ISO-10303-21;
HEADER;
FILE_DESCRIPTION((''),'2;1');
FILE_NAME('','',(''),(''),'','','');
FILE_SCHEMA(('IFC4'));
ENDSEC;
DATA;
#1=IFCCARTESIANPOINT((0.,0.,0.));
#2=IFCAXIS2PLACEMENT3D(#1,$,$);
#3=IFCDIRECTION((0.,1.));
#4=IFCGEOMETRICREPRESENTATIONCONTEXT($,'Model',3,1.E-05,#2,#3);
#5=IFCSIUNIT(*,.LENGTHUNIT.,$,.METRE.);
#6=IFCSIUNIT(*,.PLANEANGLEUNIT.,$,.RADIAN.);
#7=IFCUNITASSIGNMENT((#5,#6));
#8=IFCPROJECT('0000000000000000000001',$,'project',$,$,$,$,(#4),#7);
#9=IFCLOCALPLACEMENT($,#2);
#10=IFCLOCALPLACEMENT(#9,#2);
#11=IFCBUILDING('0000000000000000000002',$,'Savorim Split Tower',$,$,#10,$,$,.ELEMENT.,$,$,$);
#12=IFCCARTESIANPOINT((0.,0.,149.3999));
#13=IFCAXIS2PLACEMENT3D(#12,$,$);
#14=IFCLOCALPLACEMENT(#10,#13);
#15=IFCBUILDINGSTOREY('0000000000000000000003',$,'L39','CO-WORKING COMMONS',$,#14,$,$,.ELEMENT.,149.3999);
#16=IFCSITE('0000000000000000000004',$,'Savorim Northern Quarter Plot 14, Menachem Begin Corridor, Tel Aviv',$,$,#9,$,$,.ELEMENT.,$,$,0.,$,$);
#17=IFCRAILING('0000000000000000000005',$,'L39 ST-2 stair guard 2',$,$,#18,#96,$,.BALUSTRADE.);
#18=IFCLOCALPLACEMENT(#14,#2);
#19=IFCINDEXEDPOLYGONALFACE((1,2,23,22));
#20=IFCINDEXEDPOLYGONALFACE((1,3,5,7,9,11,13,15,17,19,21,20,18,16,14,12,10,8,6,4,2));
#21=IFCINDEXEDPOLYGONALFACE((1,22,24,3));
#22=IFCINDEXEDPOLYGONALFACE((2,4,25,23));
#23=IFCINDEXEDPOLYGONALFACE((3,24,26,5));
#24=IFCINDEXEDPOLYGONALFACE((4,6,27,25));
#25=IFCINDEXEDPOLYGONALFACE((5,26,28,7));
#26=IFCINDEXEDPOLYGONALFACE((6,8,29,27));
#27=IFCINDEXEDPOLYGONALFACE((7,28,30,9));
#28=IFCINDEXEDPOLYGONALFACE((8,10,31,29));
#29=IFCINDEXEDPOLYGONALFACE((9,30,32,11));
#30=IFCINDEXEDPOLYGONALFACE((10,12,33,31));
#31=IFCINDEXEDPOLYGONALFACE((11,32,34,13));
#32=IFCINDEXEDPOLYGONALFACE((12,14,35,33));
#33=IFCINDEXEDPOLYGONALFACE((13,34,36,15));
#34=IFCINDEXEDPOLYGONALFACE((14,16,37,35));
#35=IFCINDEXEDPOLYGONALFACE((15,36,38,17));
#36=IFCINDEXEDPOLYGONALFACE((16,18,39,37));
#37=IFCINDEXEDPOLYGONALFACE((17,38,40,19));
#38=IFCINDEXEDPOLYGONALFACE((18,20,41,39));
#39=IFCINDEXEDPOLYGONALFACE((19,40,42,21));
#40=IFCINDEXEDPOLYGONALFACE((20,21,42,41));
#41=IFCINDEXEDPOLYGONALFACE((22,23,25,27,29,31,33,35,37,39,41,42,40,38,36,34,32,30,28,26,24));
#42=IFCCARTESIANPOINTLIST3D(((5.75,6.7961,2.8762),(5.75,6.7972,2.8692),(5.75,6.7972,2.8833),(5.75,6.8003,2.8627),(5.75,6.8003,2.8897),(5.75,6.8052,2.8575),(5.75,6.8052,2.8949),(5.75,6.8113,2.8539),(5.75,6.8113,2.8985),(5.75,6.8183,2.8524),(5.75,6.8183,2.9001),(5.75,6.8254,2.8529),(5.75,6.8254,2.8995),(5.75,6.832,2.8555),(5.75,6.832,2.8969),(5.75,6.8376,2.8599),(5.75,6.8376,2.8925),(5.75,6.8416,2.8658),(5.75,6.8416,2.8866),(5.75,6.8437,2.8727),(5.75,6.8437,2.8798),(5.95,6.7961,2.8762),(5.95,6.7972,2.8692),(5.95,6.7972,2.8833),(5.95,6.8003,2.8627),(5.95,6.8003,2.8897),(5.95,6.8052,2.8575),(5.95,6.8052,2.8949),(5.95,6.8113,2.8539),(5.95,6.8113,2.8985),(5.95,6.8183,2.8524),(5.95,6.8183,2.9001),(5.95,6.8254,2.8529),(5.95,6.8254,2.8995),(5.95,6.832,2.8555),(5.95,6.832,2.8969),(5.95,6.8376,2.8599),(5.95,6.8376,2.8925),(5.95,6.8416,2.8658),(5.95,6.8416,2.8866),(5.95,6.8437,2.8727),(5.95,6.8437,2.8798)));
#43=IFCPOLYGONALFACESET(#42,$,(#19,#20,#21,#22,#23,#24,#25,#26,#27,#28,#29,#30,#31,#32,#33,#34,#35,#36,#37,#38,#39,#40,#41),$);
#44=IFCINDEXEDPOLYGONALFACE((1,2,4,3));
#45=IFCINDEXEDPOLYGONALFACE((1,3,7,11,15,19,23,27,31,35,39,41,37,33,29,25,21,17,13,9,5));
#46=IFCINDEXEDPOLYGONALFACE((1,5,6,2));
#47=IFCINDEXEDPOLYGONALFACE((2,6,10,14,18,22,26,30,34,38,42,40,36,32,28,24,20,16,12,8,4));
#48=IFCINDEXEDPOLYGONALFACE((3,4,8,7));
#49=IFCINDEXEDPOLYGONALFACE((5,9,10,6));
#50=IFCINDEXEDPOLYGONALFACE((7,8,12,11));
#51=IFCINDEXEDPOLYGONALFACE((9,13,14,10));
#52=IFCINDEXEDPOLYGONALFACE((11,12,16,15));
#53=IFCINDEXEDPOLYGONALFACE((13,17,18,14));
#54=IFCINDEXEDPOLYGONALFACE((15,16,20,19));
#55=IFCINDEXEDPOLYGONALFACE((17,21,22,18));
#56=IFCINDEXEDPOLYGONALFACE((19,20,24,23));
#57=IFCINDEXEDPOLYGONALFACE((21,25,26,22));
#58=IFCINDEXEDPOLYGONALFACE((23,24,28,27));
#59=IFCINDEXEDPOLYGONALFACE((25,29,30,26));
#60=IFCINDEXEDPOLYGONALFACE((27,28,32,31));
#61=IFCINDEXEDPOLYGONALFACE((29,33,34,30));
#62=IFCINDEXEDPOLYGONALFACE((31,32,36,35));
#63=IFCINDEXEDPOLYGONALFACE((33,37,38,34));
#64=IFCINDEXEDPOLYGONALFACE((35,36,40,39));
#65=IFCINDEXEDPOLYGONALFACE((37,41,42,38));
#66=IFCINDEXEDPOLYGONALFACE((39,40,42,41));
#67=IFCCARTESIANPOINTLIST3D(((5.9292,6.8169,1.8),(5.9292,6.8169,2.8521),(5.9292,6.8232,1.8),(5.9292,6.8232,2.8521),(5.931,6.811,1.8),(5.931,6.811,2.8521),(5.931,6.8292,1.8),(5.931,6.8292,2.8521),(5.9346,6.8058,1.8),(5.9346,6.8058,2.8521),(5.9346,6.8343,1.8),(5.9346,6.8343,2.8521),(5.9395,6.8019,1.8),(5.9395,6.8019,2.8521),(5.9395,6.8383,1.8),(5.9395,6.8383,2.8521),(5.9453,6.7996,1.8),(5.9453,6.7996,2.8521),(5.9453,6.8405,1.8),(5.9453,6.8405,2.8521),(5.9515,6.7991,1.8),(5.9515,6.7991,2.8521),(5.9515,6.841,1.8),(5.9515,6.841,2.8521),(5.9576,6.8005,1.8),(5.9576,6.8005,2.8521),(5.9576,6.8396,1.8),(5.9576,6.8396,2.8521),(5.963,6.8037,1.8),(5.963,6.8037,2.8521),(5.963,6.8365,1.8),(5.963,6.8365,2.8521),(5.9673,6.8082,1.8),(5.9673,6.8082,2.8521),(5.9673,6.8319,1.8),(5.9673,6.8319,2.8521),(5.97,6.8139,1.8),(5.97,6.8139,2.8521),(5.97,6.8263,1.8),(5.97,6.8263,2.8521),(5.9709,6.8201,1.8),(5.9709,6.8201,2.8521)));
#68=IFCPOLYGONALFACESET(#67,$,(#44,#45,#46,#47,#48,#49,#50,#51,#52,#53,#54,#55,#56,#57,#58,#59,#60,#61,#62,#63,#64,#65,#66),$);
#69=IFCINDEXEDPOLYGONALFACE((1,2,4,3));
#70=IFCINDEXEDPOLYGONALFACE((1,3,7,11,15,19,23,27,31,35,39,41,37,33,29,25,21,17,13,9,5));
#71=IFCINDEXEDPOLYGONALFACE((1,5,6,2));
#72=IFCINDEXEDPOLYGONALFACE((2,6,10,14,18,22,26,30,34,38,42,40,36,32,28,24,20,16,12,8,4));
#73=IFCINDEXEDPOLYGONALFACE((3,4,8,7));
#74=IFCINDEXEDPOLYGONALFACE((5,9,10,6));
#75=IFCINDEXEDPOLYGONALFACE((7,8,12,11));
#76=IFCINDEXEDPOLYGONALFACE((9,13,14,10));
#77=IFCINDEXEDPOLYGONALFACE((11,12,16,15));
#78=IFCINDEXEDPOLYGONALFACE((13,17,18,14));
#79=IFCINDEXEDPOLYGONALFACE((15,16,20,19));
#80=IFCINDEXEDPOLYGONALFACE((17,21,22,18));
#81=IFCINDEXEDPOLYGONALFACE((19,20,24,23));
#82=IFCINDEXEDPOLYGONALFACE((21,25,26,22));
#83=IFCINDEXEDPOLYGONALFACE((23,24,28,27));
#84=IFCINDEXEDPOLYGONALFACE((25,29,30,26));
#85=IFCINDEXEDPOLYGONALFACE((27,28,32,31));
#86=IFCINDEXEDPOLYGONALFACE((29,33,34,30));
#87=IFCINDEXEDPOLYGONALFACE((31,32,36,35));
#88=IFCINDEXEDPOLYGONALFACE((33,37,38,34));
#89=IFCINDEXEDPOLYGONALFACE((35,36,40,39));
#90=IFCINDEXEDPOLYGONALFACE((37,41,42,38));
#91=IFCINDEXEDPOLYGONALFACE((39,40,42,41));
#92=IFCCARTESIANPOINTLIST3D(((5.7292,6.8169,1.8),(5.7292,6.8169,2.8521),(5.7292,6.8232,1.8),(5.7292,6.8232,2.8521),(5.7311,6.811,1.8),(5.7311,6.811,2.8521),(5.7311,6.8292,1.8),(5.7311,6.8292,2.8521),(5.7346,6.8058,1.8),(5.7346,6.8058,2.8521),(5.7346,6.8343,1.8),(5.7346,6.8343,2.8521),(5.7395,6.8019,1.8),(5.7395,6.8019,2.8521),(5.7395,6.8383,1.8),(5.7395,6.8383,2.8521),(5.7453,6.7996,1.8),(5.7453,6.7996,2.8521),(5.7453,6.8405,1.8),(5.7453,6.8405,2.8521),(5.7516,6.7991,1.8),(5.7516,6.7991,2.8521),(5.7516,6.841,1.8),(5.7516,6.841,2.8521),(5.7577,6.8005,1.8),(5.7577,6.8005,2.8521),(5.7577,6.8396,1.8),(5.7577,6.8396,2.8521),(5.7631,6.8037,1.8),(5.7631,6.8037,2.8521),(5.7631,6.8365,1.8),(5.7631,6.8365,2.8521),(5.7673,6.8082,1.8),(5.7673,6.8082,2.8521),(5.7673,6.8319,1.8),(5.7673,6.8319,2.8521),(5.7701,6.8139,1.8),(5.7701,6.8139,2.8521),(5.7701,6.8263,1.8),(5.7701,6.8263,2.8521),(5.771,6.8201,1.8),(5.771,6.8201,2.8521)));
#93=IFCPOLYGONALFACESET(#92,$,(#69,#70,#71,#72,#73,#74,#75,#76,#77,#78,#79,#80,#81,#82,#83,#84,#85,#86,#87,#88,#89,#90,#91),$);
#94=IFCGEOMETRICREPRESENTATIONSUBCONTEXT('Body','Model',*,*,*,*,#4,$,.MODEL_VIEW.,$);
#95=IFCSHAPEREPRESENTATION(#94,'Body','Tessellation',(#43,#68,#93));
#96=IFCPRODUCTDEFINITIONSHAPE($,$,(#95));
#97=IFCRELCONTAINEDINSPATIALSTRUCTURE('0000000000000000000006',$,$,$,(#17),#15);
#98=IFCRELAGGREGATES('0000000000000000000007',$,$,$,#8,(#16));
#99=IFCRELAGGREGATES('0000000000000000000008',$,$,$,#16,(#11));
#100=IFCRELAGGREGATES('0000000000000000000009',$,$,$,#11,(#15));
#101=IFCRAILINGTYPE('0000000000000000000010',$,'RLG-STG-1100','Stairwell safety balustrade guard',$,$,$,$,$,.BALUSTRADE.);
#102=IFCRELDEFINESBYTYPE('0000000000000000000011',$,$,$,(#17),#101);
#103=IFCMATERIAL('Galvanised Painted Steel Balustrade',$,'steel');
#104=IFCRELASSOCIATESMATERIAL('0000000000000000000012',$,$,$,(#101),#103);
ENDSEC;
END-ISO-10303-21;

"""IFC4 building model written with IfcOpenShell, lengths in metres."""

from ifc_helpers import new_model, si_unit, direction, frame, origin, origin_2d, place, context, subcontext, project, spatial, circle, extrude, material, type_object, element, save


model = new_model("IFC4")

# Units and contexts
model_context = context("Model", 3, precision=1e-05, world=origin(), true_north=direction((0.0, 1.0)))
body_context = subcontext(model_context, "Body", "Model", "MODEL_VIEW")
ifc_project = project(units=[si_unit("LENGTHUNIT", "METRE"), si_unit("PLANEANGLEUNIT", "RADIAN")], contexts=[model_context])

# Site, building, storey
site_placement = place(None, origin())
site = spatial("IfcSite", under=ifc_project, at=site_placement, Name="Savorim Northern Quarter Plot 14, Menachem Begin Corridor, Tel Aviv", CompositionType="ELEMENT", RefElevation=0.0)
building_placement = place(site_placement, origin())
building = spatial("IfcBuilding", under=site, at=building_placement, Name="Savorim Split Tower", CompositionType="ELEMENT")
storey_placement = place(building_placement, frame((0.0, 0.0, 149.3999)))
storey = spatial("IfcBuildingStorey", under=building, at=storey_placement, Name="L39", Description="CO-WORKING COMMONS", CompositionType="ELEMENT", Elevation=149.3999)

# Railing
ifc_material_1 = material(Name="Galvanised Painted Steel Balustrade", Category="steel")
railing_type_1 = type_object("IfcRailingType", Name="RLG-STG-1100", Description="Stairwell safety balustrade guard", PredefinedType="BALUSTRADE", material=ifc_material_1)
railing_1_placement = place(storey_placement, frame((5.95, 6.8201, 1.8)))
element("IfcRailing", 1, at=railing_1_placement, inside=storey, type_object=railing_type_1, Name="L39 ST-2 stair guard 2", PredefinedType="BALUSTRADE", context=body_context, shape_type="SweptSolid", body=[
    extrude(circle(Radius=0.0239, at=origin_2d()), frame((0.0, 0.0, 1.0762), z_axis=(-1.0, 0.0, 0.0), x_axis=(0.0, -1.0, 0.0)), (0.0, 0.0, 1.0), 0.2),
    extrude(circle(Radius=0.021, at=origin_2d()), origin(), (0.0, 0.0, 1.0), 1.052),
    extrude(circle(Radius=0.021, at=origin_2d()), frame((-0.2, 0.0, 0.0)), (0.0, 0.0, 1.0), 1.052),
])

save(model, "model.ifc")
